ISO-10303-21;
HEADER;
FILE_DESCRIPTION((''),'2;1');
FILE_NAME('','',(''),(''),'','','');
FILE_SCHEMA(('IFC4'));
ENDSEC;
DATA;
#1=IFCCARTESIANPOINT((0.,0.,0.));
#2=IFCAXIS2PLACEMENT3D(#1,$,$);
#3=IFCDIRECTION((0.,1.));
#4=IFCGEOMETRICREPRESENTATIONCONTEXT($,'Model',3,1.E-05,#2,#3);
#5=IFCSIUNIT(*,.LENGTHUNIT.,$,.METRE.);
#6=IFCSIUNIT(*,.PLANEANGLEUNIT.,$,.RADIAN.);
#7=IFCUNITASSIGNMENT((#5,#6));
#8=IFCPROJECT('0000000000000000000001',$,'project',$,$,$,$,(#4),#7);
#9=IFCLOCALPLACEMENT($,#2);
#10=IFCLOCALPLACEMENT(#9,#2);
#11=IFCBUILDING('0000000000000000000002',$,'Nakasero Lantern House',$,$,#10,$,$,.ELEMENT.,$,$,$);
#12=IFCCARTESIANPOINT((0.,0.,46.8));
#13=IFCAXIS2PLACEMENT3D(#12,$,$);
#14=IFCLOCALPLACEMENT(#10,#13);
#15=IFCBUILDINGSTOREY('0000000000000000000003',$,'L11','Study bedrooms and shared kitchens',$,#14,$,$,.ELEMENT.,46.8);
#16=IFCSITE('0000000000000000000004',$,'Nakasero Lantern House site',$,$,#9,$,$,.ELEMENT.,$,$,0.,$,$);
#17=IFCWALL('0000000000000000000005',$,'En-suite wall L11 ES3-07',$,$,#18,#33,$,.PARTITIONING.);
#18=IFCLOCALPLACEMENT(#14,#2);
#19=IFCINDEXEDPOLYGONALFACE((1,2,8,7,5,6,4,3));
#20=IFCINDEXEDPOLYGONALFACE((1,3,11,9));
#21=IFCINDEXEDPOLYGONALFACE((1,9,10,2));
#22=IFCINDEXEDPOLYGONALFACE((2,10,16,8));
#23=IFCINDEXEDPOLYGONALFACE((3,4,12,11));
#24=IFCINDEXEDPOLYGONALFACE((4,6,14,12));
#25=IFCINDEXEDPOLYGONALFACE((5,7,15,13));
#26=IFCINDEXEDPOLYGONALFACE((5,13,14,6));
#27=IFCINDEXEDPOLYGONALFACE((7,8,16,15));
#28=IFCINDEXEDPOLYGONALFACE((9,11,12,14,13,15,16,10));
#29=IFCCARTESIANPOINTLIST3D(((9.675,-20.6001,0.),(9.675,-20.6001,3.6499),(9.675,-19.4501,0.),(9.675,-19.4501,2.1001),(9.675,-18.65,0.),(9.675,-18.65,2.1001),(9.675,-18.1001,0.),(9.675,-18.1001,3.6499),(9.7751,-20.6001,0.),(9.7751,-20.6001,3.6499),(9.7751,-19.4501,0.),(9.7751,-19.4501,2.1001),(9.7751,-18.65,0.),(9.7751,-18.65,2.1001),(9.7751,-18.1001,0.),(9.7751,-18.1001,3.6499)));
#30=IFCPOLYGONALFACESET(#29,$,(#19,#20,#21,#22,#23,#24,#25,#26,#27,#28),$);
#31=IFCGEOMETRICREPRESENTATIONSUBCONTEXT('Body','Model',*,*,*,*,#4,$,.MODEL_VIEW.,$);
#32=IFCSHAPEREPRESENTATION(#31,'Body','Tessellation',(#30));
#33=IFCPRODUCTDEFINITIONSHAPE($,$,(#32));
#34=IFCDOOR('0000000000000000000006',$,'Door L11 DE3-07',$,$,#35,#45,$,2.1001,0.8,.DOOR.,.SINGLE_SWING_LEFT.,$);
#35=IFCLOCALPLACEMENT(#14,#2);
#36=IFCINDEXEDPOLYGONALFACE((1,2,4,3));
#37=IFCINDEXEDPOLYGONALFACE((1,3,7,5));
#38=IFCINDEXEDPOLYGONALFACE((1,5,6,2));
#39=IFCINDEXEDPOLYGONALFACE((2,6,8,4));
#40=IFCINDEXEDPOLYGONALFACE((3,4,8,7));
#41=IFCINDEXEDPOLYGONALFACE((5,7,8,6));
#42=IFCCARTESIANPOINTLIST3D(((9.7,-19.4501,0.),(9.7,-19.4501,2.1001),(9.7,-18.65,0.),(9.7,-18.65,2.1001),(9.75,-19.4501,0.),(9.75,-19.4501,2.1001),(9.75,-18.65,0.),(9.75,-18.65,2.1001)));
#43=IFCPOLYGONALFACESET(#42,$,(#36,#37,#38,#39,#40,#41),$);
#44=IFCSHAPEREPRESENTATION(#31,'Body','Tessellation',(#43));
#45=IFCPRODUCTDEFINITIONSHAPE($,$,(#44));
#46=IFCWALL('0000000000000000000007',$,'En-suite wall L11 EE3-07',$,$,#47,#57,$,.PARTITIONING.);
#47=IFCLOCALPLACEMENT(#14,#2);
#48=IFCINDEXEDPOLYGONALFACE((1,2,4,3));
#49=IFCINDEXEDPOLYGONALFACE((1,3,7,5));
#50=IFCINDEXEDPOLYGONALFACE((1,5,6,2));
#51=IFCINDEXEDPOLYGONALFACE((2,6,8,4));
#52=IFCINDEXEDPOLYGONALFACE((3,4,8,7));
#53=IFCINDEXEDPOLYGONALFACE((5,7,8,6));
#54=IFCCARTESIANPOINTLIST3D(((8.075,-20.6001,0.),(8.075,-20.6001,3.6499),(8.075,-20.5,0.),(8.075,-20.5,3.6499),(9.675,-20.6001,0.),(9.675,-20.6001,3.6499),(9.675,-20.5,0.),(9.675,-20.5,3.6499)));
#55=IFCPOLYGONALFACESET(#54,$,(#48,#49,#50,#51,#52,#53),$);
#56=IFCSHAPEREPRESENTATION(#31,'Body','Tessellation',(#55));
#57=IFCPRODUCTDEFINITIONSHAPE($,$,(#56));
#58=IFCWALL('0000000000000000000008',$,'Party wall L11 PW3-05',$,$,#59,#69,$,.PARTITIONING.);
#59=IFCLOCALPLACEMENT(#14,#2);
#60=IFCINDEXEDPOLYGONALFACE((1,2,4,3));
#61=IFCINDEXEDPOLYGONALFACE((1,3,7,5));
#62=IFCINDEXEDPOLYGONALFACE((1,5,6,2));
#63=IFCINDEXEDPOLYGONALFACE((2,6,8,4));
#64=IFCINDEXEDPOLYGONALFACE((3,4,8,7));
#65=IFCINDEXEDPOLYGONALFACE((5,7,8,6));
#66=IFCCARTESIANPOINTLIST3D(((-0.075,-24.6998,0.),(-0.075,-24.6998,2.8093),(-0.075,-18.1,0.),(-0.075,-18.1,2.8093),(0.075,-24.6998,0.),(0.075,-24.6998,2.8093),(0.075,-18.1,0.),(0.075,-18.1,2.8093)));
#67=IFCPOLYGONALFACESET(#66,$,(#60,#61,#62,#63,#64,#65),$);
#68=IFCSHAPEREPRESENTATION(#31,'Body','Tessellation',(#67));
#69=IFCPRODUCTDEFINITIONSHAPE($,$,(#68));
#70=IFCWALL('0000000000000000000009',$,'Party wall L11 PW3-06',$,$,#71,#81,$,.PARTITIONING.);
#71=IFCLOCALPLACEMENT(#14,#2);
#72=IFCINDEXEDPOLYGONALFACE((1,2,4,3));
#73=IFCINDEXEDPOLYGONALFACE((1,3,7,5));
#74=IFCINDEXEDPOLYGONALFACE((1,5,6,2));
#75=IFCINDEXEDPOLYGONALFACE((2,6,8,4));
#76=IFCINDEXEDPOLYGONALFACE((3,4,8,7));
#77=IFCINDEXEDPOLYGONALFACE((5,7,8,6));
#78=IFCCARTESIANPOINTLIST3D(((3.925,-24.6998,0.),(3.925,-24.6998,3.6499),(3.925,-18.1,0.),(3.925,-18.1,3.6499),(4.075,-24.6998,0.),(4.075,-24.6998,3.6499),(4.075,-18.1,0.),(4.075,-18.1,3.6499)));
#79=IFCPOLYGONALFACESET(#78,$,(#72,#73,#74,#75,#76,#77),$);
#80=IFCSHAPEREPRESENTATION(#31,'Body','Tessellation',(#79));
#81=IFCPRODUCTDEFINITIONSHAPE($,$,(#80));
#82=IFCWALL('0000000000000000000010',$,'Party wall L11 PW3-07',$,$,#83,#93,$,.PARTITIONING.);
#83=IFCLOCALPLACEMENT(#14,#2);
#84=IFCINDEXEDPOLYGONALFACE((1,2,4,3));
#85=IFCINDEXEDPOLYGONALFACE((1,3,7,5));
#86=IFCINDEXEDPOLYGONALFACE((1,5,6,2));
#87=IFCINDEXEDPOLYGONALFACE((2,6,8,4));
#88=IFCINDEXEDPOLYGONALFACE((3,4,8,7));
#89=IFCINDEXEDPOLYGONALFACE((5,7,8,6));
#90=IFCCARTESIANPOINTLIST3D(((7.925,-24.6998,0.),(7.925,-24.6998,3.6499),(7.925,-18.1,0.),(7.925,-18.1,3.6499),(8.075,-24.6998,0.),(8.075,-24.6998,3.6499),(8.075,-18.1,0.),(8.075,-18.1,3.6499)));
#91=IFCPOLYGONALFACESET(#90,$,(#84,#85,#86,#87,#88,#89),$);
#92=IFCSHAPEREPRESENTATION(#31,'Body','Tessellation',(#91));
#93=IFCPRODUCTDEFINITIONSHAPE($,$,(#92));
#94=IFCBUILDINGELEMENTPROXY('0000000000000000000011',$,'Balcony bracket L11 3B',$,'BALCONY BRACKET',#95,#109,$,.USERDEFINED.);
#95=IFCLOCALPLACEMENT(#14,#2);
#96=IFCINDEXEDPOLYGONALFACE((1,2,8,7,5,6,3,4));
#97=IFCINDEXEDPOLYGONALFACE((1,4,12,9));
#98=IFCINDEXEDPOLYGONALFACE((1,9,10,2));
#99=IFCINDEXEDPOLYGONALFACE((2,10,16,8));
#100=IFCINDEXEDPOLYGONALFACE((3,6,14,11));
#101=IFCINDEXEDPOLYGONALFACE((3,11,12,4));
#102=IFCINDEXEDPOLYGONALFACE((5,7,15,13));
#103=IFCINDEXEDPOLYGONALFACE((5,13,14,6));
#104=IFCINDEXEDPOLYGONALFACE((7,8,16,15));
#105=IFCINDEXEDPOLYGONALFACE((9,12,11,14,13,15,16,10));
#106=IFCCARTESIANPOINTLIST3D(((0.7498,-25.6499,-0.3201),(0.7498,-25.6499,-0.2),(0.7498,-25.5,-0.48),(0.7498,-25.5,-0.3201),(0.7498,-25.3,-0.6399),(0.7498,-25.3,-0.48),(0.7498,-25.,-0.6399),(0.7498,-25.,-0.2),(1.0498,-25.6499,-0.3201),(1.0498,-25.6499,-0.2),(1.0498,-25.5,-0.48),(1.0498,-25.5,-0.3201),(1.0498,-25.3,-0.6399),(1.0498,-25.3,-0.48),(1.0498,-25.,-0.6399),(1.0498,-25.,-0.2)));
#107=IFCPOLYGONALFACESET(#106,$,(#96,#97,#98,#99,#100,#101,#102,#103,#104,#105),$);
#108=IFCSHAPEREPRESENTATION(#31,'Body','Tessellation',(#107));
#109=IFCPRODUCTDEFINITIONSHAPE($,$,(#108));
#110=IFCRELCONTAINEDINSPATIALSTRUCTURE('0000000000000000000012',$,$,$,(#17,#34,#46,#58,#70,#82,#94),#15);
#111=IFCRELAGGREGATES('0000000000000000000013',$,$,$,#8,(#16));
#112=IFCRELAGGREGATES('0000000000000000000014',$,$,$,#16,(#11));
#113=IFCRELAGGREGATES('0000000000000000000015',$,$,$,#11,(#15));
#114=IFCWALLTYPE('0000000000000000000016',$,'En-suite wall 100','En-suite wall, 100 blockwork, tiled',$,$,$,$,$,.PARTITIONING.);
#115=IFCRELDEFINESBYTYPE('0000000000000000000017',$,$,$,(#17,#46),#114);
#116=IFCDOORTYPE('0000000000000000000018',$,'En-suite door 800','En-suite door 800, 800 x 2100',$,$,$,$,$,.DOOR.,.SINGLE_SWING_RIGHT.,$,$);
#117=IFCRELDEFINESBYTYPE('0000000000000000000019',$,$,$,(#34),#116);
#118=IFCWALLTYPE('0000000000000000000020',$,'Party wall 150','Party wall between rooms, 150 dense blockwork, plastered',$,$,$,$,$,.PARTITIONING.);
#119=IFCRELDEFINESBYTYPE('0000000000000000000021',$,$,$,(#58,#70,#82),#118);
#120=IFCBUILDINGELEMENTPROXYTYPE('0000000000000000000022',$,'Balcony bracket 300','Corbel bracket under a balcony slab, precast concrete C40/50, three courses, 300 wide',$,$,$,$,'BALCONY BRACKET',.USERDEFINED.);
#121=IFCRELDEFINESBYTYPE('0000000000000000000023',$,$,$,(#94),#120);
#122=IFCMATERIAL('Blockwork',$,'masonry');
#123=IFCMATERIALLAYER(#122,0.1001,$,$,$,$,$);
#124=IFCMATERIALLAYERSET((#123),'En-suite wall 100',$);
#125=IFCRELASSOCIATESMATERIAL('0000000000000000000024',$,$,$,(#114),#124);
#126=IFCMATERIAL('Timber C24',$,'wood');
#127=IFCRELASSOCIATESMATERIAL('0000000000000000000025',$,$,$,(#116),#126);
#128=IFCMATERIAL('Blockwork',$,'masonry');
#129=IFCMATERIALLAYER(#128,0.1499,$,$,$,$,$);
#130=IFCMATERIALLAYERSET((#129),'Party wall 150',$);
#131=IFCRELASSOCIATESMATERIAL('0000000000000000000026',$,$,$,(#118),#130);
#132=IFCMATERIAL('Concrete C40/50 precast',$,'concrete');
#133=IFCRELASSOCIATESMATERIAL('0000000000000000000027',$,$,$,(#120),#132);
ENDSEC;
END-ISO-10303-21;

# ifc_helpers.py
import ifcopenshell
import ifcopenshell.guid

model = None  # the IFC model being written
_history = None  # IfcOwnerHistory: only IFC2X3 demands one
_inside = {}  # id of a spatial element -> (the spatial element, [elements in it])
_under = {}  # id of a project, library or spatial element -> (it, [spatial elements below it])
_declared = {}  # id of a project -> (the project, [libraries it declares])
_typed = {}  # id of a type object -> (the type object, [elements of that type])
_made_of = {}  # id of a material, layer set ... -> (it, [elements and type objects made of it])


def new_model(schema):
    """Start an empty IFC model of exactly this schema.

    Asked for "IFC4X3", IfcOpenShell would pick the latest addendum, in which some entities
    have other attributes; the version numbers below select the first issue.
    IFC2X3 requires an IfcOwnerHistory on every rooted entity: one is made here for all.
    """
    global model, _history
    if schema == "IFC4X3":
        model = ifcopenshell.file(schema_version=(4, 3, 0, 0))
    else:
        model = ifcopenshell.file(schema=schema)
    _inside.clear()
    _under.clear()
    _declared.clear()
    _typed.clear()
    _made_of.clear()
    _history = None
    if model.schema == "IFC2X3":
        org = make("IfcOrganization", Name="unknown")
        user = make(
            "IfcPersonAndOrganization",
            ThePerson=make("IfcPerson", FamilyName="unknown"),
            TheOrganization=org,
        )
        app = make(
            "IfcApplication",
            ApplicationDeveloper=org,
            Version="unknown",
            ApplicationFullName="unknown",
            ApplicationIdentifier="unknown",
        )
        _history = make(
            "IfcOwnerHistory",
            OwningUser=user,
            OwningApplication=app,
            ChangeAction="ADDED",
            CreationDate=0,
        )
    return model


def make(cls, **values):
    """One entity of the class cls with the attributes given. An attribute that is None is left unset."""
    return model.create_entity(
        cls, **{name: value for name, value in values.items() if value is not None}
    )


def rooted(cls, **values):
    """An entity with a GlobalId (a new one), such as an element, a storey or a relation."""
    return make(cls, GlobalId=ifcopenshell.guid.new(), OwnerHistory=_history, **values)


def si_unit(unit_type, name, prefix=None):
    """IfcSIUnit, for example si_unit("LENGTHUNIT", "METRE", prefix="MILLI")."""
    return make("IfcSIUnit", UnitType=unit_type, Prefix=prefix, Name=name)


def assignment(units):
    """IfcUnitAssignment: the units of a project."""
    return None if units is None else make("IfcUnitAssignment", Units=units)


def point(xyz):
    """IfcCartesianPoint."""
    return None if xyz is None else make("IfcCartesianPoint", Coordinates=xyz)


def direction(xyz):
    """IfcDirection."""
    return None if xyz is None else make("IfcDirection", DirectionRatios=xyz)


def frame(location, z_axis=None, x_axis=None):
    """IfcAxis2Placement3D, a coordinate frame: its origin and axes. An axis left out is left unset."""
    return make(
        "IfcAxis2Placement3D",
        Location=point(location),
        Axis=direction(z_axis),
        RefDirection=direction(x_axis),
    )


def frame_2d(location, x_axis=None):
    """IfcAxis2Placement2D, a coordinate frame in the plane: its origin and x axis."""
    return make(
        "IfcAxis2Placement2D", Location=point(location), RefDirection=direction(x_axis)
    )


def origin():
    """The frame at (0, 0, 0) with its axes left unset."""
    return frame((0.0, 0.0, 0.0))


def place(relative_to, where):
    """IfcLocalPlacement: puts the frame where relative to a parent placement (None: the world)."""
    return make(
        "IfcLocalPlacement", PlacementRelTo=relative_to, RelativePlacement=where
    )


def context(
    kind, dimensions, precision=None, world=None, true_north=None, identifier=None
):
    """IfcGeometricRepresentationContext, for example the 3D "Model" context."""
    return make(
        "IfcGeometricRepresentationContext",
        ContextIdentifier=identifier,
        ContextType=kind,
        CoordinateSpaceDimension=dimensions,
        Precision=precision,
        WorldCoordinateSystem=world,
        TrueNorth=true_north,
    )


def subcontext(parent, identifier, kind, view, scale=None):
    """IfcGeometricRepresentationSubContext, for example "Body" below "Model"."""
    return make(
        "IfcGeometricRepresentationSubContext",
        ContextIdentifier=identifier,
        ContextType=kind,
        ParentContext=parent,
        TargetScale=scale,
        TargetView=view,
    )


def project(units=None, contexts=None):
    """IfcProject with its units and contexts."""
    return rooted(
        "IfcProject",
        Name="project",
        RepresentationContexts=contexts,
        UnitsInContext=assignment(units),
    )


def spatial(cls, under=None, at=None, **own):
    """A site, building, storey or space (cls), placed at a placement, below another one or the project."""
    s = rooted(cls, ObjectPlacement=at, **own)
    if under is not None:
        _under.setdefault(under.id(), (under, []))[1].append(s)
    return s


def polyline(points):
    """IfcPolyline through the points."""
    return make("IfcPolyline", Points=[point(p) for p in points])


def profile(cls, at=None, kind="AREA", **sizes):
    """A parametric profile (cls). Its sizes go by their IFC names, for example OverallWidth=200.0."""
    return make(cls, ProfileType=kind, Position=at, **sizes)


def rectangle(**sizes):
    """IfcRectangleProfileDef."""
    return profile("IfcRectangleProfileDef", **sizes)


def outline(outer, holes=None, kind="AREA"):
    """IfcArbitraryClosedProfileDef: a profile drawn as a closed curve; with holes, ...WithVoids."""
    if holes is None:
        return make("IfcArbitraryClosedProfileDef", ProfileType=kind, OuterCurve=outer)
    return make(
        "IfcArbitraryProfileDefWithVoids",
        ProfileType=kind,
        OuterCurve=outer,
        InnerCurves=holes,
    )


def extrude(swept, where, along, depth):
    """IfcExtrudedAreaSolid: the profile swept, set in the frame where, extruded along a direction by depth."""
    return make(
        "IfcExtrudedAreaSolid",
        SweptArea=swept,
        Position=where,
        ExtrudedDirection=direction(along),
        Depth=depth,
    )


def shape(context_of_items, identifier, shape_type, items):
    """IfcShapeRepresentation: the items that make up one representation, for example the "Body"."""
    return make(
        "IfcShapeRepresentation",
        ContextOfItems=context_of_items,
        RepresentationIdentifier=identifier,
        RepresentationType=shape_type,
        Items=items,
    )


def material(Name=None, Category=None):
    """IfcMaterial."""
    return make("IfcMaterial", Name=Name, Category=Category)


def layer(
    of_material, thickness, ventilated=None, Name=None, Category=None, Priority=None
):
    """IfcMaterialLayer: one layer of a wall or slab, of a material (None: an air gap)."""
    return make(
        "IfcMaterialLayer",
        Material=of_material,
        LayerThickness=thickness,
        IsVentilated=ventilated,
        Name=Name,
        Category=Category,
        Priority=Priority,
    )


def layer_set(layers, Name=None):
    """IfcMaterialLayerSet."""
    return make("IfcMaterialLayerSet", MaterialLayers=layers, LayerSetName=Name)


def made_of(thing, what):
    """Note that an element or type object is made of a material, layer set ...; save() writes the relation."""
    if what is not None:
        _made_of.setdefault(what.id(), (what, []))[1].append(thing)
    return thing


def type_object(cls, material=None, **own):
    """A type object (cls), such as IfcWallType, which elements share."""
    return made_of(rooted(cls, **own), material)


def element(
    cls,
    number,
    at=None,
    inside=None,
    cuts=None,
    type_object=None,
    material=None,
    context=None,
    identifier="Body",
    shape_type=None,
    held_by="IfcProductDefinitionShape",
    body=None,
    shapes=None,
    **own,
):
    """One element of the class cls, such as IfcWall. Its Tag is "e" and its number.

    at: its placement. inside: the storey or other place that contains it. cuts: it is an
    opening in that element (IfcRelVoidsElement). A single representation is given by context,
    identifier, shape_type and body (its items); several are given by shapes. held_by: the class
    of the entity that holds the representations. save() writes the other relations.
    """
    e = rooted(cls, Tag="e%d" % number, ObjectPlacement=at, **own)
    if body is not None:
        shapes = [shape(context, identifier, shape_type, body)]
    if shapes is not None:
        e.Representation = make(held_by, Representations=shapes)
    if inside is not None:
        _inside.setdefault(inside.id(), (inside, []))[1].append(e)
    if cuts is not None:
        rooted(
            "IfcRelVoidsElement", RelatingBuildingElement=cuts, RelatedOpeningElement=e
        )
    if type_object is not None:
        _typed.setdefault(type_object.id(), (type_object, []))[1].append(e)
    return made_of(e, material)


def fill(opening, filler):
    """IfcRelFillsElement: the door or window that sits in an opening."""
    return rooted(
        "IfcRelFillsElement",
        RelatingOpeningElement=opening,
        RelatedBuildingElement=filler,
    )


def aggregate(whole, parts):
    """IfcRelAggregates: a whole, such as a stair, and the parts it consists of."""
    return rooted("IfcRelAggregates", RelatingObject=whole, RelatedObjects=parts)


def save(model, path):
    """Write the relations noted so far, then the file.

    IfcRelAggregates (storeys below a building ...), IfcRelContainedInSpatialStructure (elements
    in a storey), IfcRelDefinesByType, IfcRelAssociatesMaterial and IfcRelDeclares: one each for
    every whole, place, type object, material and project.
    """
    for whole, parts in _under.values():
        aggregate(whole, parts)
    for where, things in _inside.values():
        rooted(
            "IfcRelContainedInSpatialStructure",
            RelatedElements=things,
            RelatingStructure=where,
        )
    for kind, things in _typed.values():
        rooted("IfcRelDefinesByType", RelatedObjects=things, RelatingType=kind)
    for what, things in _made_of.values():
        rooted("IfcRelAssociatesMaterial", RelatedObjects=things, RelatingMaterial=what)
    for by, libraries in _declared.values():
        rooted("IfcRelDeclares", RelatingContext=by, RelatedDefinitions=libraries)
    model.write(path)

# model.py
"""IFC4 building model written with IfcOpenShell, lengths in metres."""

from ifc_helpers import new_model, si_unit, direction, frame, frame_2d, origin, place, context, subcontext, project, spatial, polyline, rectangle, outline, extrude, material, layer, layer_set, type_object, element, fill, save


model = new_model("IFC4")

# Units and contexts
model_context = context("Model", 3, precision=1e-05, world=origin(), true_north=direction((0.0, 1.0)))
body_context = subcontext(model_context, "Body", "Model", "MODEL_VIEW")
ifc_project = project(units=[si_unit("LENGTHUNIT", "METRE"), si_unit("PLANEANGLEUNIT", "RADIAN")], contexts=[model_context])

# Site, building, storey
site_placement = place(None, origin())
site = spatial("IfcSite", under=ifc_project, at=site_placement, Name="Nakasero Lantern House site", CompositionType="ELEMENT", RefElevation=0.0)
building_placement = place(site_placement, origin())
building = spatial("IfcBuilding", under=site, at=building_placement, Name="Nakasero Lantern House", CompositionType="ELEMENT")
storey_placement = place(building_placement, frame((0.0, 0.0, 46.8)))
storey = spatial("IfcBuildingStorey", under=building, at=storey_placement, Name="L11", Description="Study bedrooms and shared kitchens", CompositionType="ELEMENT", Elevation=46.8)

# Shared definitions
ifc_material_1 = material(Name="Blockwork", Category="masonry")
ifc_layer_1 = layer(ifc_material_1, 0.1001)
ifc_layer_set_1 = layer_set([ifc_layer_1], Name="En-suite wall 100")
wall_type_1 = type_object("IfcWallType", Name="En-suite wall 100", Description="En-suite wall, 100 blockwork, tiled", PredefinedType="PARTITIONING", material=ifc_layer_set_1)
ifc_material_2 = material(Name="Timber C24", Category="wood")
door_type = type_object("IfcDoorType", Name="En-suite door 800", Description="En-suite door 800, 800 x 2100", OperationType="SINGLE_SWING_RIGHT", PredefinedType="DOOR", material=ifc_material_2)

# Wall, opening, door
wall_1_placement = place(storey_placement, frame((9.7251, -18.1001, 0.0), z_axis=(0.0, 0.0, 1.0), x_axis=(0.0, -1.0, 0.0)))
wall_1 = element("IfcWall", 1, at=wall_1_placement, inside=storey, type_object=wall_type_1, Name="En-suite wall L11 ES3-07", PredefinedType="PARTITIONING", context=body_context, shape_type="SweptSolid", body=[
    extrude(rectangle(XDim=2.5, YDim=0.1001, at=frame_2d((1.25, 0.0))), origin(), (0.0, 0.0, 1.0), 3.6499),
])
opening_1_placement = place(wall_1_placement, frame((0.55, 0.0, 0.0)))
opening_1 = element("IfcOpeningElement", 2, at=opening_1_placement, cuts=wall_1, PredefinedType="OPENING", context=body_context, shape_type="SweptSolid", body=[
    extrude(rectangle(XDim=0.8, YDim=2.1001, at=frame_2d((0.3999, 1.05))), frame((0.0, 0.0701, 0.0), z_axis=(0.0, -1.0, 0.0), x_axis=(1.0, 0.0, 0.0)), (0.0, 0.0, 1.0), 0.1401),
])
door_1_placement = place(opening_1_placement, origin())
door_1 = element("IfcDoor", 3, at=door_1_placement, inside=storey, type_object=door_type, Name="Door L11 DE3-07", OperationType="SINGLE_SWING_LEFT", OverallHeight=2.1001, OverallWidth=0.8, PredefinedType="DOOR", context=body_context, shape_type="SweptSolid", body=[
    extrude(rectangle(XDim=0.8, YDim=2.1001, at=frame_2d((0.3999, 1.05))), frame((0.0, 0.0249, 0.0), z_axis=(0.0, -1.0, 0.0), x_axis=(1.0, 0.0, 0.0)), (0.0, 0.0, 1.0), 0.05),
])
fill(opening_1, door_1)

# Walls
wall_2_placement = place(storey_placement, frame((8.075, -20.55, 0.0), z_axis=(0.0, 0.0, 1.0), x_axis=(1.0, 0.0, 0.0)))
element("IfcWall", 4, at=wall_2_placement, inside=storey, type_object=wall_type_1, Name="En-suite wall L11 EE3-07", PredefinedType="PARTITIONING", context=body_context, shape_type="SweptSolid", body=[
    extrude(rectangle(XDim=1.6001, YDim=0.1001, at=frame_2d((0.8, 0.0))), origin(), (0.0, 0.0, 1.0), 3.6499),
])
ifc_material_3 = material(Name="Blockwork", Category="masonry")
ifc_layer_2 = layer(ifc_material_3, 0.1499)
ifc_layer_set_2 = layer_set([ifc_layer_2], Name="Party wall 150")
wall_type_2 = type_object("IfcWallType", Name="Party wall 150", Description="Party wall between rooms, 150 dense blockwork, plastered", PredefinedType="PARTITIONING", material=ifc_layer_set_2)
wall_3_placement = place(storey_placement, frame((0.0, -18.1001, 0.0), z_axis=(0.0, 0.0, 1.0), x_axis=(0.0, -1.0, 0.0)))
element("IfcWall", 5, at=wall_3_placement, inside=storey, type_object=wall_type_2, Name="Party wall L11 PW3-05", PredefinedType="PARTITIONING", context=body_context, shape_type="SweptSolid", body=[
    extrude(rectangle(XDim=6.5999, YDim=0.1499, at=frame_2d((3.2998, 0.0))), origin(), (0.0, 0.0, 1.0), 2.8093),
])
for number, where, z_axis, x_axis, name in (
    (6, (4.0, -18.1001, 0.0), (0.0, 0.0, 1.0), (0.0, -1.0, 0.0), "Party wall L11 PW3-06"),
    (7, (8.0, -18.1001, 0.0), (0.0, 0.0, 1.0), (0.0, -1.0, 0.0), "Party wall L11 PW3-07"),
):
    element("IfcWall", number, at=place(storey_placement, frame(where, z_axis=z_axis, x_axis=x_axis)), inside=storey, type_object=wall_type_2, Name=name, PredefinedType="PARTITIONING", context=body_context, shape_type="SweptSolid", body=[
        extrude(rectangle(XDim=6.5999, YDim=0.1499, at=frame_2d((3.2998, 0.0))), origin(), (0.0, 0.0, 1.0), 3.6499),
    ])

# Building element proxy
ifc_material_4 = material(Name="Concrete C40/50 precast", Category="concrete")
building_element_proxy_type = type_object("IfcBuildingElementProxyType", Name="Balcony bracket 300", Description="Corbel bracket under a balcony slab, precast concrete C40/50, three courses, 300 wide", ElementType="BALCONY BRACKET", PredefinedType="USERDEFINED", material=ifc_material_4)
proxy_placement = place(storey_placement, frame((0.8999, -25.0, -0.2), z_axis=(0.0, 0.0, 1.0), x_axis=(0.0, -1.0, 0.0)))
element("IfcBuildingElementProxy", 8, at=proxy_placement, inside=storey, type_object=building_element_proxy_type, Name="Balcony bracket L11 3B", ObjectType="BALCONY BRACKET", PredefinedType="USERDEFINED", context=body_context, shape_type="SweptSolid", body=[
    extrude(outline(polyline([(0.0, 0.0), (0.6499, 0.0), (0.6499, -0.1201), (0.5, -0.1201), (0.5, -0.28), (0.3, -0.28), (0.3, -0.4399), (0.0, -0.4399), (0.0, 0.0)])), frame((0.0, 0.1499, 0.0), z_axis=(0.0, -1.0, 0.0), x_axis=(1.0, 0.0, 0.0)), (0.0, 0.0, 1.0), 0.3),
])

save(model, "model.ifc")
